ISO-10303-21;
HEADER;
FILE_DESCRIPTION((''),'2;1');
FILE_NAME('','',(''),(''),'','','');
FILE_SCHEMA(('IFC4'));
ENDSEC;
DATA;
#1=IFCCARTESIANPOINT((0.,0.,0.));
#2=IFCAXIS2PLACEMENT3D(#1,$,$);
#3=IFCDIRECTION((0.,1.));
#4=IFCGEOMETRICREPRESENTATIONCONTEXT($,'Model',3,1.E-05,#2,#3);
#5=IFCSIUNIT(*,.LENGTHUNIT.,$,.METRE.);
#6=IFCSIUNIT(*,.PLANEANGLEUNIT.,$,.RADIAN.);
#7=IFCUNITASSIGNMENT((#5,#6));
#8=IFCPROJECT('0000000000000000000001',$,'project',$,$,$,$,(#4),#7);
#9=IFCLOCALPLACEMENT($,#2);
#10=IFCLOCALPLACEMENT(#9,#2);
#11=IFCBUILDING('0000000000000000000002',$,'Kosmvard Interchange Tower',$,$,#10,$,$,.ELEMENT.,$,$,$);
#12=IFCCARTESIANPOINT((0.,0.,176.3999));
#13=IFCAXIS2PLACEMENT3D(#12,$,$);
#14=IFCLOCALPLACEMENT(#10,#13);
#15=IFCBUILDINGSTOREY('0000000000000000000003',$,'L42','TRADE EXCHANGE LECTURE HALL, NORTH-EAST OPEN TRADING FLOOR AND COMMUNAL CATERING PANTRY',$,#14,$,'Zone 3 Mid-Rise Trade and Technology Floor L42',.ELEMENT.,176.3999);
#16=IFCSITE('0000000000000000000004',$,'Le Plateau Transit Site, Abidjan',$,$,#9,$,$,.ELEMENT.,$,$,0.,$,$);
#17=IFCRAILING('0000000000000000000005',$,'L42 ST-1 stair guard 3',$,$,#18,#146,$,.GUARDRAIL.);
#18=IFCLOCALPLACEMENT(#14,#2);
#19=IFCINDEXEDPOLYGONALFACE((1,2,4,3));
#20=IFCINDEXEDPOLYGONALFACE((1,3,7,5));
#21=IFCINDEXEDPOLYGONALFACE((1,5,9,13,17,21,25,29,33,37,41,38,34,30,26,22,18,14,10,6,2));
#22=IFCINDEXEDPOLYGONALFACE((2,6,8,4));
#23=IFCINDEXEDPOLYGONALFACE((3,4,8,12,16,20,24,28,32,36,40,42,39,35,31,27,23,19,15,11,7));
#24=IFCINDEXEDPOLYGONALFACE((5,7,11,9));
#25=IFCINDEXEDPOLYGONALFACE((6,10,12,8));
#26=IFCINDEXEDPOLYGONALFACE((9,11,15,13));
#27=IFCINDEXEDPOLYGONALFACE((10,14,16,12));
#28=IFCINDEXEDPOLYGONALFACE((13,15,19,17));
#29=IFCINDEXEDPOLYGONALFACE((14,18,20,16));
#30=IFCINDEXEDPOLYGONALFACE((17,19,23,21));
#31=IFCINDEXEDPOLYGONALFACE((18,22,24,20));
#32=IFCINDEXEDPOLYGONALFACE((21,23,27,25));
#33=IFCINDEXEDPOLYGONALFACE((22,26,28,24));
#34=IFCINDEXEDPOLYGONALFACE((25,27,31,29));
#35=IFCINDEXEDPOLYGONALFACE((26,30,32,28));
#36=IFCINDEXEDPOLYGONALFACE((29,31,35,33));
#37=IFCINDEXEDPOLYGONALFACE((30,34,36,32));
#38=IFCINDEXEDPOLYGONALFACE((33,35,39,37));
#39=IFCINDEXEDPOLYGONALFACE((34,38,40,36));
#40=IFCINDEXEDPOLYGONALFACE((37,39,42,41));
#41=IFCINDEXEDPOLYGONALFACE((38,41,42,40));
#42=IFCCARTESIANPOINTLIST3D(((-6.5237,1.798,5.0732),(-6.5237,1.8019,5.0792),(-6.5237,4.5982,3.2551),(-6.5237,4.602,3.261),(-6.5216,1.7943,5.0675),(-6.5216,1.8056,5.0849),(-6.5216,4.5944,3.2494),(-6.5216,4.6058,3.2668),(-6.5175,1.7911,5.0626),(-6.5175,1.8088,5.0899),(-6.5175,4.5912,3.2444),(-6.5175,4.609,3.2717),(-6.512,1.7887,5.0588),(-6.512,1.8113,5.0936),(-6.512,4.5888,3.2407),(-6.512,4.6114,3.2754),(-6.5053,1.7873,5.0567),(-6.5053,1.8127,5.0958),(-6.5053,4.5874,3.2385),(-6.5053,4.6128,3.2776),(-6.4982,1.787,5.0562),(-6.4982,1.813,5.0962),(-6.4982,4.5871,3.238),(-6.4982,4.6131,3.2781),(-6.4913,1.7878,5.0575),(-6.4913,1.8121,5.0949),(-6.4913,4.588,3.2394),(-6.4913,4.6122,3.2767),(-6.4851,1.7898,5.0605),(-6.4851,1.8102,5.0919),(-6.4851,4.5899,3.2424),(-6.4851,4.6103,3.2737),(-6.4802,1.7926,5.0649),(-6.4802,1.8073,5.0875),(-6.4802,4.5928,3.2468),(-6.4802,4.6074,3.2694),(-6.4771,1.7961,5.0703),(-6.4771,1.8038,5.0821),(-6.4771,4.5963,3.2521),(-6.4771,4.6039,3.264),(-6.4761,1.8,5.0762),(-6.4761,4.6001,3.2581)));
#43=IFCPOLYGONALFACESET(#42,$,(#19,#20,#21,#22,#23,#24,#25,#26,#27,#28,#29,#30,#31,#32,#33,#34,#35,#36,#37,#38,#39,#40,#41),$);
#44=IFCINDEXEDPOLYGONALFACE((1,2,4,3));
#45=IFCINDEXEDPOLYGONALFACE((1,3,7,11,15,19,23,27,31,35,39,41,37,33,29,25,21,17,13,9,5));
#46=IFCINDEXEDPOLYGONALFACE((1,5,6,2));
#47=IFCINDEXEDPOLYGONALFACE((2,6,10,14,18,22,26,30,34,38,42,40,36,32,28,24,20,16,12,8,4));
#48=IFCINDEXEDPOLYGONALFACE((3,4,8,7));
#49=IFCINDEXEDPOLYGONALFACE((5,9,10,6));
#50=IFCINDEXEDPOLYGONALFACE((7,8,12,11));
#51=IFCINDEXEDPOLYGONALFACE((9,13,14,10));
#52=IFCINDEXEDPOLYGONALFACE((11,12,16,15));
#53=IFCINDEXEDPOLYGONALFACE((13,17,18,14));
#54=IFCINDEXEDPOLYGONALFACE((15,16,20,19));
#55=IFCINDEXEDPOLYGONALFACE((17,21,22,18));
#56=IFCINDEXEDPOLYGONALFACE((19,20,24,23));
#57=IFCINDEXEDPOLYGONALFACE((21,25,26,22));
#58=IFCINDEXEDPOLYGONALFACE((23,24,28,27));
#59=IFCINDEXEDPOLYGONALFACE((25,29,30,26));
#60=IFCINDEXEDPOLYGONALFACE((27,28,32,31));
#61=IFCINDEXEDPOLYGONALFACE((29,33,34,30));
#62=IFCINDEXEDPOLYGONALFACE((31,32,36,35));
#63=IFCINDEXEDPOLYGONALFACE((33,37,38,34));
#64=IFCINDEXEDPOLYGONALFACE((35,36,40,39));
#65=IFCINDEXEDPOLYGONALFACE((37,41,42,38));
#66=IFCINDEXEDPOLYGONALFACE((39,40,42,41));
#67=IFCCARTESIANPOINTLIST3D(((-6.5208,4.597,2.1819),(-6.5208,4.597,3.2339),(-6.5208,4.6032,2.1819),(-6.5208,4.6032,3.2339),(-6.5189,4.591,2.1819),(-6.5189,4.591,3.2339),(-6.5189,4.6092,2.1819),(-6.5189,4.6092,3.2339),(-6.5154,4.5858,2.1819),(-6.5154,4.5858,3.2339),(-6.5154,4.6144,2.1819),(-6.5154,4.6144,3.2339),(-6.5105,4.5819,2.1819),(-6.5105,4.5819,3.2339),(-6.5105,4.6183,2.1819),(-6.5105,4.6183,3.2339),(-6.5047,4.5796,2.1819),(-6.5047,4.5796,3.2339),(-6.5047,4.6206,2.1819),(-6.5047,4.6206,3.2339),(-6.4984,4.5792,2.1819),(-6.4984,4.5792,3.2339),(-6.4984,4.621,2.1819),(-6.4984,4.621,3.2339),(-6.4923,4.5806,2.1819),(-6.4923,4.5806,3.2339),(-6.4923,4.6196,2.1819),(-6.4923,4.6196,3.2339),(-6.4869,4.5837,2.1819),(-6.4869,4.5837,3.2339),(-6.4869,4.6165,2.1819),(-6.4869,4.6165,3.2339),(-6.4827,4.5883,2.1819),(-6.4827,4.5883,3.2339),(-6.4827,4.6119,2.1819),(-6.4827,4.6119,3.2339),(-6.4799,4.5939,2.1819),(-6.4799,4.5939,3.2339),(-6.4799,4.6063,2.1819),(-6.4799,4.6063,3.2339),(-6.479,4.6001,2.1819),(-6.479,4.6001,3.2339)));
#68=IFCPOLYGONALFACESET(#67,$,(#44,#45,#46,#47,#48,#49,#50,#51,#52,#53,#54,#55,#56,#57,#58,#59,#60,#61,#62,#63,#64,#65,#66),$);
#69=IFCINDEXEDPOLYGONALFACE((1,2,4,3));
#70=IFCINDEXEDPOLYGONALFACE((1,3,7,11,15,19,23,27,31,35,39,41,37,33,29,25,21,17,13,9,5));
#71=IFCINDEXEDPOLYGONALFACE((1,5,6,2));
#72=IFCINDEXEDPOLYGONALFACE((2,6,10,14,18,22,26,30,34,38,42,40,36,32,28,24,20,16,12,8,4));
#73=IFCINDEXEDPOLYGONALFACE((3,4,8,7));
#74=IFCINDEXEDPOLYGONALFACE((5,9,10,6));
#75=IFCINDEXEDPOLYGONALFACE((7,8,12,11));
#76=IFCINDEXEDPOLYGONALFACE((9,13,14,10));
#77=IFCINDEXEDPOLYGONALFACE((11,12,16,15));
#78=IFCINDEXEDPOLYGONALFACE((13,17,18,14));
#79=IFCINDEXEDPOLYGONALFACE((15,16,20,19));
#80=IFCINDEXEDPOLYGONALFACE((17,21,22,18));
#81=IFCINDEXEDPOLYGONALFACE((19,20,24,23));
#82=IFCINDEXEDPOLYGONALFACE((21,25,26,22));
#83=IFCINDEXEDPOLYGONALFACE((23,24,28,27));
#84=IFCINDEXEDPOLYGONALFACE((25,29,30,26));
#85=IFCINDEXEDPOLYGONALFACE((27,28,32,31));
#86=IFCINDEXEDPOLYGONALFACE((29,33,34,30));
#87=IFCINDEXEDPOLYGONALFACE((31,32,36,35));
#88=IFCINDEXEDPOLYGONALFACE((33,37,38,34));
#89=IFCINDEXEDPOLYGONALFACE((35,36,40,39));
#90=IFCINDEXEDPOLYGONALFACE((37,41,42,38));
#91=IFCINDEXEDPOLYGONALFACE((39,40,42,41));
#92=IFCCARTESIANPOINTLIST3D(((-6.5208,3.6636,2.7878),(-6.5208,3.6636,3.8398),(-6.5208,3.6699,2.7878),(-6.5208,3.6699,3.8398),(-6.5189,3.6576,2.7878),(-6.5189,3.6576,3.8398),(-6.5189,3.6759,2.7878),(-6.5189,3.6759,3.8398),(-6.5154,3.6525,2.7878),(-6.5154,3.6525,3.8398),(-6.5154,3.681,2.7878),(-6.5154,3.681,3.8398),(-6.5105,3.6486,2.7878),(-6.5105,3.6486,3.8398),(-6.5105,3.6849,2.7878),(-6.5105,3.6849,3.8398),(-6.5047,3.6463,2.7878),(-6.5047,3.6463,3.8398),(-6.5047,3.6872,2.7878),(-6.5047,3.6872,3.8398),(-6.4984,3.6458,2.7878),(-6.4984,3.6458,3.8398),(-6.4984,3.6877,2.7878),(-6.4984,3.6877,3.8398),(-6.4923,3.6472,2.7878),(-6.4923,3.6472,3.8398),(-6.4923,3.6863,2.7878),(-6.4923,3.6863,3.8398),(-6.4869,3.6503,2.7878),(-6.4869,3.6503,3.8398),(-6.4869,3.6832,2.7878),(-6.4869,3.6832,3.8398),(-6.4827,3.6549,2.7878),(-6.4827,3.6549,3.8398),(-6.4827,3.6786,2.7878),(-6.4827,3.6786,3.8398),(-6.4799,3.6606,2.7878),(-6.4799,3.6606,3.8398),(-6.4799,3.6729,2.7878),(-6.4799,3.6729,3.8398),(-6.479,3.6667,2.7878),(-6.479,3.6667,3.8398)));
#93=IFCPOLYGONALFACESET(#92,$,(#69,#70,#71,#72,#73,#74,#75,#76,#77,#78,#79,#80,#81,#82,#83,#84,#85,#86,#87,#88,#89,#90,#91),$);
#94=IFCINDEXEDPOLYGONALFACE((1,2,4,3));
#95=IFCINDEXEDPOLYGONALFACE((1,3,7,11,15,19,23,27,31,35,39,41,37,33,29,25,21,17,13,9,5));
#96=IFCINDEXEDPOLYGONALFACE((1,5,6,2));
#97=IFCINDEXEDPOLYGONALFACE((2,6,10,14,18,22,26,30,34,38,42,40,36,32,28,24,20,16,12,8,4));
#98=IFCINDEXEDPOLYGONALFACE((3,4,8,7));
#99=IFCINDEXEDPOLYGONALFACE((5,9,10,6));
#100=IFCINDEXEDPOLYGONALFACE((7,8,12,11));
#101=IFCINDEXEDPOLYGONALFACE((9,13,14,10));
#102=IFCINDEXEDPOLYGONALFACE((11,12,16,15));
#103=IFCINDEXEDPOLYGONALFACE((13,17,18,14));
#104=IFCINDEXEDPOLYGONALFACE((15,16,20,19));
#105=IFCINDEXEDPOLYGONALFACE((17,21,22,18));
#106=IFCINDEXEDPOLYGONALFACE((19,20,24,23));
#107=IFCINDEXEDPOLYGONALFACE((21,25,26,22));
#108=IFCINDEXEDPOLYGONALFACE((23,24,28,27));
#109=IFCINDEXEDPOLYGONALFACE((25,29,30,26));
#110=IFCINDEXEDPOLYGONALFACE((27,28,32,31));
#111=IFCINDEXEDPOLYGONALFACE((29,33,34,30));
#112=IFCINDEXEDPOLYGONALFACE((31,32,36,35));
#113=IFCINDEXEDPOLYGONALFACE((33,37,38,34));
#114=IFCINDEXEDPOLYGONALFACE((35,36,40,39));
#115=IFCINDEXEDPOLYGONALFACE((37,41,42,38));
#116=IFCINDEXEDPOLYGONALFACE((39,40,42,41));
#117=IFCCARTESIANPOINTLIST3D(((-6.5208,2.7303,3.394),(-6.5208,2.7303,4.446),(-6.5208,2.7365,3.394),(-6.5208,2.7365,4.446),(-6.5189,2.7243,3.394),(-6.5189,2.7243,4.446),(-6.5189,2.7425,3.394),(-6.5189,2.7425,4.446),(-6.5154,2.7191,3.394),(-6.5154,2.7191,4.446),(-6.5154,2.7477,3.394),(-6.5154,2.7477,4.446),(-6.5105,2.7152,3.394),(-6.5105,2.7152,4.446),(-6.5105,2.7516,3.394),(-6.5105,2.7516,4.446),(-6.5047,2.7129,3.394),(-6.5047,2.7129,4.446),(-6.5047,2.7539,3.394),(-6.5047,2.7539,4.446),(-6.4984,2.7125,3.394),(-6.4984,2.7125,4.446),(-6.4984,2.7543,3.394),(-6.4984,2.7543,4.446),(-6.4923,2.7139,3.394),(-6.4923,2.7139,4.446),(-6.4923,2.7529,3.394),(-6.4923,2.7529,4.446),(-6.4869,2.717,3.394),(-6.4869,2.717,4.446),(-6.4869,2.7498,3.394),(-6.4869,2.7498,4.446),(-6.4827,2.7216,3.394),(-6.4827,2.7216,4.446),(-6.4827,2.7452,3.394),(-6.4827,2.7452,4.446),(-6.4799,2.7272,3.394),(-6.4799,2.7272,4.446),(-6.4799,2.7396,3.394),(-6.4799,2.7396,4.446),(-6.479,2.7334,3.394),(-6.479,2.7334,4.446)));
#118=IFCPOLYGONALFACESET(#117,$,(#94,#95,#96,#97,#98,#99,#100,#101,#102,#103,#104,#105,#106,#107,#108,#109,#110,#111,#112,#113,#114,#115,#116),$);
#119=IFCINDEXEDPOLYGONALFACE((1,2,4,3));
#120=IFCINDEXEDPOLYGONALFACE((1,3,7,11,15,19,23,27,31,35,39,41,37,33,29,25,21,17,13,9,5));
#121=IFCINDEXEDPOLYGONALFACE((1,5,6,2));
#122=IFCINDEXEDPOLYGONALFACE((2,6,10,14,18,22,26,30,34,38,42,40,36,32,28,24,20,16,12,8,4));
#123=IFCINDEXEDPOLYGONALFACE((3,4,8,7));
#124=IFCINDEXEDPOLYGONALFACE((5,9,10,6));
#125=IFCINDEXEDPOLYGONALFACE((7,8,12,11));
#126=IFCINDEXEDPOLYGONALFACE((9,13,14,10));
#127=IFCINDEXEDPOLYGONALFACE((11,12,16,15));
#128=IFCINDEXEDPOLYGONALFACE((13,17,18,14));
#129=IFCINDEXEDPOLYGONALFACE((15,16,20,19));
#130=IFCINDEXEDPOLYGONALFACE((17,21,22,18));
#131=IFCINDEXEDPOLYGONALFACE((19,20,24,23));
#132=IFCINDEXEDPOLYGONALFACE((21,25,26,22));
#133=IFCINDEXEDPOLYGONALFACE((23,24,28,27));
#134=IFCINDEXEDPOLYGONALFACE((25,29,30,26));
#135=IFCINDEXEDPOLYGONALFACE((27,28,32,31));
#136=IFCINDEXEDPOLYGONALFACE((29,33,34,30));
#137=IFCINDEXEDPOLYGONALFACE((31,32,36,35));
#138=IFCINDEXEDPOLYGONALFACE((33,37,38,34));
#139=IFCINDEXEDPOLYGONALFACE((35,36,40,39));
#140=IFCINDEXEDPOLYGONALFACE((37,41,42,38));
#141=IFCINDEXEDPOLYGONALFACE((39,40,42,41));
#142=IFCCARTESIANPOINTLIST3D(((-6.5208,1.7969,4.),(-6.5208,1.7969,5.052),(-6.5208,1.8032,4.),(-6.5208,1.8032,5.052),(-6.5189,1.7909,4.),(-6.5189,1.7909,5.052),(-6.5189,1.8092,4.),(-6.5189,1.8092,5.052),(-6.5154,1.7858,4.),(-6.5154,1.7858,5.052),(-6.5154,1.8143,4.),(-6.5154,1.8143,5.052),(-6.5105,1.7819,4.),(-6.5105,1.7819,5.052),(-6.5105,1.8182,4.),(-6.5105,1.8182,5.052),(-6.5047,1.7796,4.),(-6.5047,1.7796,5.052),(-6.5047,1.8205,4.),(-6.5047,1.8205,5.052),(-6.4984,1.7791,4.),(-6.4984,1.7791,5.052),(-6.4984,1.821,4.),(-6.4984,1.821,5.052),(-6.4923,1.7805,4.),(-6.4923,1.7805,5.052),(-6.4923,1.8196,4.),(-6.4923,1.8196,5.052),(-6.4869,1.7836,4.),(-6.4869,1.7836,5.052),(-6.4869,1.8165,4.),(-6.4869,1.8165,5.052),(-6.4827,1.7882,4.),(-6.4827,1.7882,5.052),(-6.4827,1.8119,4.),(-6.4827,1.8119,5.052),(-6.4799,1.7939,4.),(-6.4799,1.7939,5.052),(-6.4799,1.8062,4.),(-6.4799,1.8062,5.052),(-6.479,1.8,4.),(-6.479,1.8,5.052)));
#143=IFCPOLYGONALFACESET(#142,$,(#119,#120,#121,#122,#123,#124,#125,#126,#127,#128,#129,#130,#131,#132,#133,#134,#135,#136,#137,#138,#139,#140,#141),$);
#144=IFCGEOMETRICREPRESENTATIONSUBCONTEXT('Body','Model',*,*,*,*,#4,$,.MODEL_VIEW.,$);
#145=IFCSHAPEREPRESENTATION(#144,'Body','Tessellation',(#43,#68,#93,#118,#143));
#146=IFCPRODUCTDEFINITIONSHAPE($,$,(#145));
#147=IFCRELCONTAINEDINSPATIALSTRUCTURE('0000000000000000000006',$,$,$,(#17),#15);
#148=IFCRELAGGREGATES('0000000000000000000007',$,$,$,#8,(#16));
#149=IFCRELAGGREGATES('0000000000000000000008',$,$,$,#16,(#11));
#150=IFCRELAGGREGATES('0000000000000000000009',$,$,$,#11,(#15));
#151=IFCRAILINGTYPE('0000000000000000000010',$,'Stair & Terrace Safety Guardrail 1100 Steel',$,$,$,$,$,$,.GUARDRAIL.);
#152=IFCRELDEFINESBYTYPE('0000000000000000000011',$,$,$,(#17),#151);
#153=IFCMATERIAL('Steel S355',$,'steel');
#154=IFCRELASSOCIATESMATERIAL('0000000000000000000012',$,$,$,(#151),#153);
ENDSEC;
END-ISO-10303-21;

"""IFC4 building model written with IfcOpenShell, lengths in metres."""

from ifc_helpers import new_model, si_unit, direction, frame, origin, origin_2d, place, context, subcontext, project, spatial, circle, extrude, source, transform, mapped, material, type_object, element, save


model = new_model("IFC4")

# Units and contexts
model_context = context("Model", 3, precision=1e-05, world=origin(), true_north=direction((0.0, 1.0)))
body_context = subcontext(model_context, "Body", "Model", "MODEL_VIEW")
ifc_project = project(units=[si_unit("LENGTHUNIT", "METRE"), si_unit("PLANEANGLEUNIT", "RADIAN")], contexts=[model_context])

# Site, building, storey
site_placement = place(None, origin())
site = spatial("IfcSite", under=ifc_project, at=site_placement, Name="Le Plateau Transit Site, Abidjan", CompositionType="ELEMENT", RefElevation=0.0)
building_placement = place(site_placement, origin())
building = spatial("IfcBuilding", under=site, at=building_placement, Name="Kosmvard Interchange Tower", CompositionType="ELEMENT")
storey_placement = place(building_placement, frame((0.0, 0.0, 176.3999)))
storey = spatial("IfcBuildingStorey", under=building, at=storey_placement, Name="L42", Description="TRADE EXCHANGE LECTURE HALL, NORTH-EAST OPEN TRADING FLOOR AND COMMUNAL CATERING PANTRY", LongName="Zone 3 Mid-Rise Trade and Technology Floor L42", CompositionType="ELEMENT", Elevation=176.3999)

# Shared definitions
ifc_material_1 = material(Name="Steel S355", Category="steel")

# Railing
railing_type_1 = type_object("IfcRailingType", Name="Stair & Terrace Safety Guardrail 1100 Steel", PredefinedType="GUARDRAIL", material=ifc_material_1)
shared_shape_1 = source(origin(), body_context, "Body", "SweptSolid", [
    extrude(circle(Radius=0.0239, at=origin_2d()), frame((0.0, 0.0, 1.0762), z_axis=(0.0, -0.838706, 0.544585), x_axis=(1.0, 0.0, 0.0)), (0.0, 0.0, 1.0), 3.3386),
    extrude(circle(Radius=0.021, at=origin_2d()), origin(), (0.0, 0.0, 1.0), 1.052),
    extrude(circle(Radius=0.021, at=origin_2d()), frame((0.0, -0.9333, 0.606)), (0.0, 0.0, 1.0), 1.052),
    extrude(circle(Radius=0.021, at=origin_2d()), frame((0.0, -1.8667, 1.2122)), (0.0, 0.0, 1.0), 1.052),
    extrude(circle(Radius=0.021, at=origin_2d()), frame((0.0, -2.8, 1.8181)), (0.0, 0.0, 1.0), 1.052),
])
railing_1_placement = place(storey_placement, frame((-6.5, 4.6001, 2.1819)))
element("IfcRailing", 1, at=railing_1_placement, inside=storey, type_object=railing_type_1, Name="L42 ST-1 stair guard 3", PredefinedType="GUARDRAIL", context=body_context, shape_type="MappedRepresentation", body=[
    mapped(shared_shape_1, transform((0.0, 0.0, 0.0), scale=1.0)),
])

save(model, "model.ifc")
